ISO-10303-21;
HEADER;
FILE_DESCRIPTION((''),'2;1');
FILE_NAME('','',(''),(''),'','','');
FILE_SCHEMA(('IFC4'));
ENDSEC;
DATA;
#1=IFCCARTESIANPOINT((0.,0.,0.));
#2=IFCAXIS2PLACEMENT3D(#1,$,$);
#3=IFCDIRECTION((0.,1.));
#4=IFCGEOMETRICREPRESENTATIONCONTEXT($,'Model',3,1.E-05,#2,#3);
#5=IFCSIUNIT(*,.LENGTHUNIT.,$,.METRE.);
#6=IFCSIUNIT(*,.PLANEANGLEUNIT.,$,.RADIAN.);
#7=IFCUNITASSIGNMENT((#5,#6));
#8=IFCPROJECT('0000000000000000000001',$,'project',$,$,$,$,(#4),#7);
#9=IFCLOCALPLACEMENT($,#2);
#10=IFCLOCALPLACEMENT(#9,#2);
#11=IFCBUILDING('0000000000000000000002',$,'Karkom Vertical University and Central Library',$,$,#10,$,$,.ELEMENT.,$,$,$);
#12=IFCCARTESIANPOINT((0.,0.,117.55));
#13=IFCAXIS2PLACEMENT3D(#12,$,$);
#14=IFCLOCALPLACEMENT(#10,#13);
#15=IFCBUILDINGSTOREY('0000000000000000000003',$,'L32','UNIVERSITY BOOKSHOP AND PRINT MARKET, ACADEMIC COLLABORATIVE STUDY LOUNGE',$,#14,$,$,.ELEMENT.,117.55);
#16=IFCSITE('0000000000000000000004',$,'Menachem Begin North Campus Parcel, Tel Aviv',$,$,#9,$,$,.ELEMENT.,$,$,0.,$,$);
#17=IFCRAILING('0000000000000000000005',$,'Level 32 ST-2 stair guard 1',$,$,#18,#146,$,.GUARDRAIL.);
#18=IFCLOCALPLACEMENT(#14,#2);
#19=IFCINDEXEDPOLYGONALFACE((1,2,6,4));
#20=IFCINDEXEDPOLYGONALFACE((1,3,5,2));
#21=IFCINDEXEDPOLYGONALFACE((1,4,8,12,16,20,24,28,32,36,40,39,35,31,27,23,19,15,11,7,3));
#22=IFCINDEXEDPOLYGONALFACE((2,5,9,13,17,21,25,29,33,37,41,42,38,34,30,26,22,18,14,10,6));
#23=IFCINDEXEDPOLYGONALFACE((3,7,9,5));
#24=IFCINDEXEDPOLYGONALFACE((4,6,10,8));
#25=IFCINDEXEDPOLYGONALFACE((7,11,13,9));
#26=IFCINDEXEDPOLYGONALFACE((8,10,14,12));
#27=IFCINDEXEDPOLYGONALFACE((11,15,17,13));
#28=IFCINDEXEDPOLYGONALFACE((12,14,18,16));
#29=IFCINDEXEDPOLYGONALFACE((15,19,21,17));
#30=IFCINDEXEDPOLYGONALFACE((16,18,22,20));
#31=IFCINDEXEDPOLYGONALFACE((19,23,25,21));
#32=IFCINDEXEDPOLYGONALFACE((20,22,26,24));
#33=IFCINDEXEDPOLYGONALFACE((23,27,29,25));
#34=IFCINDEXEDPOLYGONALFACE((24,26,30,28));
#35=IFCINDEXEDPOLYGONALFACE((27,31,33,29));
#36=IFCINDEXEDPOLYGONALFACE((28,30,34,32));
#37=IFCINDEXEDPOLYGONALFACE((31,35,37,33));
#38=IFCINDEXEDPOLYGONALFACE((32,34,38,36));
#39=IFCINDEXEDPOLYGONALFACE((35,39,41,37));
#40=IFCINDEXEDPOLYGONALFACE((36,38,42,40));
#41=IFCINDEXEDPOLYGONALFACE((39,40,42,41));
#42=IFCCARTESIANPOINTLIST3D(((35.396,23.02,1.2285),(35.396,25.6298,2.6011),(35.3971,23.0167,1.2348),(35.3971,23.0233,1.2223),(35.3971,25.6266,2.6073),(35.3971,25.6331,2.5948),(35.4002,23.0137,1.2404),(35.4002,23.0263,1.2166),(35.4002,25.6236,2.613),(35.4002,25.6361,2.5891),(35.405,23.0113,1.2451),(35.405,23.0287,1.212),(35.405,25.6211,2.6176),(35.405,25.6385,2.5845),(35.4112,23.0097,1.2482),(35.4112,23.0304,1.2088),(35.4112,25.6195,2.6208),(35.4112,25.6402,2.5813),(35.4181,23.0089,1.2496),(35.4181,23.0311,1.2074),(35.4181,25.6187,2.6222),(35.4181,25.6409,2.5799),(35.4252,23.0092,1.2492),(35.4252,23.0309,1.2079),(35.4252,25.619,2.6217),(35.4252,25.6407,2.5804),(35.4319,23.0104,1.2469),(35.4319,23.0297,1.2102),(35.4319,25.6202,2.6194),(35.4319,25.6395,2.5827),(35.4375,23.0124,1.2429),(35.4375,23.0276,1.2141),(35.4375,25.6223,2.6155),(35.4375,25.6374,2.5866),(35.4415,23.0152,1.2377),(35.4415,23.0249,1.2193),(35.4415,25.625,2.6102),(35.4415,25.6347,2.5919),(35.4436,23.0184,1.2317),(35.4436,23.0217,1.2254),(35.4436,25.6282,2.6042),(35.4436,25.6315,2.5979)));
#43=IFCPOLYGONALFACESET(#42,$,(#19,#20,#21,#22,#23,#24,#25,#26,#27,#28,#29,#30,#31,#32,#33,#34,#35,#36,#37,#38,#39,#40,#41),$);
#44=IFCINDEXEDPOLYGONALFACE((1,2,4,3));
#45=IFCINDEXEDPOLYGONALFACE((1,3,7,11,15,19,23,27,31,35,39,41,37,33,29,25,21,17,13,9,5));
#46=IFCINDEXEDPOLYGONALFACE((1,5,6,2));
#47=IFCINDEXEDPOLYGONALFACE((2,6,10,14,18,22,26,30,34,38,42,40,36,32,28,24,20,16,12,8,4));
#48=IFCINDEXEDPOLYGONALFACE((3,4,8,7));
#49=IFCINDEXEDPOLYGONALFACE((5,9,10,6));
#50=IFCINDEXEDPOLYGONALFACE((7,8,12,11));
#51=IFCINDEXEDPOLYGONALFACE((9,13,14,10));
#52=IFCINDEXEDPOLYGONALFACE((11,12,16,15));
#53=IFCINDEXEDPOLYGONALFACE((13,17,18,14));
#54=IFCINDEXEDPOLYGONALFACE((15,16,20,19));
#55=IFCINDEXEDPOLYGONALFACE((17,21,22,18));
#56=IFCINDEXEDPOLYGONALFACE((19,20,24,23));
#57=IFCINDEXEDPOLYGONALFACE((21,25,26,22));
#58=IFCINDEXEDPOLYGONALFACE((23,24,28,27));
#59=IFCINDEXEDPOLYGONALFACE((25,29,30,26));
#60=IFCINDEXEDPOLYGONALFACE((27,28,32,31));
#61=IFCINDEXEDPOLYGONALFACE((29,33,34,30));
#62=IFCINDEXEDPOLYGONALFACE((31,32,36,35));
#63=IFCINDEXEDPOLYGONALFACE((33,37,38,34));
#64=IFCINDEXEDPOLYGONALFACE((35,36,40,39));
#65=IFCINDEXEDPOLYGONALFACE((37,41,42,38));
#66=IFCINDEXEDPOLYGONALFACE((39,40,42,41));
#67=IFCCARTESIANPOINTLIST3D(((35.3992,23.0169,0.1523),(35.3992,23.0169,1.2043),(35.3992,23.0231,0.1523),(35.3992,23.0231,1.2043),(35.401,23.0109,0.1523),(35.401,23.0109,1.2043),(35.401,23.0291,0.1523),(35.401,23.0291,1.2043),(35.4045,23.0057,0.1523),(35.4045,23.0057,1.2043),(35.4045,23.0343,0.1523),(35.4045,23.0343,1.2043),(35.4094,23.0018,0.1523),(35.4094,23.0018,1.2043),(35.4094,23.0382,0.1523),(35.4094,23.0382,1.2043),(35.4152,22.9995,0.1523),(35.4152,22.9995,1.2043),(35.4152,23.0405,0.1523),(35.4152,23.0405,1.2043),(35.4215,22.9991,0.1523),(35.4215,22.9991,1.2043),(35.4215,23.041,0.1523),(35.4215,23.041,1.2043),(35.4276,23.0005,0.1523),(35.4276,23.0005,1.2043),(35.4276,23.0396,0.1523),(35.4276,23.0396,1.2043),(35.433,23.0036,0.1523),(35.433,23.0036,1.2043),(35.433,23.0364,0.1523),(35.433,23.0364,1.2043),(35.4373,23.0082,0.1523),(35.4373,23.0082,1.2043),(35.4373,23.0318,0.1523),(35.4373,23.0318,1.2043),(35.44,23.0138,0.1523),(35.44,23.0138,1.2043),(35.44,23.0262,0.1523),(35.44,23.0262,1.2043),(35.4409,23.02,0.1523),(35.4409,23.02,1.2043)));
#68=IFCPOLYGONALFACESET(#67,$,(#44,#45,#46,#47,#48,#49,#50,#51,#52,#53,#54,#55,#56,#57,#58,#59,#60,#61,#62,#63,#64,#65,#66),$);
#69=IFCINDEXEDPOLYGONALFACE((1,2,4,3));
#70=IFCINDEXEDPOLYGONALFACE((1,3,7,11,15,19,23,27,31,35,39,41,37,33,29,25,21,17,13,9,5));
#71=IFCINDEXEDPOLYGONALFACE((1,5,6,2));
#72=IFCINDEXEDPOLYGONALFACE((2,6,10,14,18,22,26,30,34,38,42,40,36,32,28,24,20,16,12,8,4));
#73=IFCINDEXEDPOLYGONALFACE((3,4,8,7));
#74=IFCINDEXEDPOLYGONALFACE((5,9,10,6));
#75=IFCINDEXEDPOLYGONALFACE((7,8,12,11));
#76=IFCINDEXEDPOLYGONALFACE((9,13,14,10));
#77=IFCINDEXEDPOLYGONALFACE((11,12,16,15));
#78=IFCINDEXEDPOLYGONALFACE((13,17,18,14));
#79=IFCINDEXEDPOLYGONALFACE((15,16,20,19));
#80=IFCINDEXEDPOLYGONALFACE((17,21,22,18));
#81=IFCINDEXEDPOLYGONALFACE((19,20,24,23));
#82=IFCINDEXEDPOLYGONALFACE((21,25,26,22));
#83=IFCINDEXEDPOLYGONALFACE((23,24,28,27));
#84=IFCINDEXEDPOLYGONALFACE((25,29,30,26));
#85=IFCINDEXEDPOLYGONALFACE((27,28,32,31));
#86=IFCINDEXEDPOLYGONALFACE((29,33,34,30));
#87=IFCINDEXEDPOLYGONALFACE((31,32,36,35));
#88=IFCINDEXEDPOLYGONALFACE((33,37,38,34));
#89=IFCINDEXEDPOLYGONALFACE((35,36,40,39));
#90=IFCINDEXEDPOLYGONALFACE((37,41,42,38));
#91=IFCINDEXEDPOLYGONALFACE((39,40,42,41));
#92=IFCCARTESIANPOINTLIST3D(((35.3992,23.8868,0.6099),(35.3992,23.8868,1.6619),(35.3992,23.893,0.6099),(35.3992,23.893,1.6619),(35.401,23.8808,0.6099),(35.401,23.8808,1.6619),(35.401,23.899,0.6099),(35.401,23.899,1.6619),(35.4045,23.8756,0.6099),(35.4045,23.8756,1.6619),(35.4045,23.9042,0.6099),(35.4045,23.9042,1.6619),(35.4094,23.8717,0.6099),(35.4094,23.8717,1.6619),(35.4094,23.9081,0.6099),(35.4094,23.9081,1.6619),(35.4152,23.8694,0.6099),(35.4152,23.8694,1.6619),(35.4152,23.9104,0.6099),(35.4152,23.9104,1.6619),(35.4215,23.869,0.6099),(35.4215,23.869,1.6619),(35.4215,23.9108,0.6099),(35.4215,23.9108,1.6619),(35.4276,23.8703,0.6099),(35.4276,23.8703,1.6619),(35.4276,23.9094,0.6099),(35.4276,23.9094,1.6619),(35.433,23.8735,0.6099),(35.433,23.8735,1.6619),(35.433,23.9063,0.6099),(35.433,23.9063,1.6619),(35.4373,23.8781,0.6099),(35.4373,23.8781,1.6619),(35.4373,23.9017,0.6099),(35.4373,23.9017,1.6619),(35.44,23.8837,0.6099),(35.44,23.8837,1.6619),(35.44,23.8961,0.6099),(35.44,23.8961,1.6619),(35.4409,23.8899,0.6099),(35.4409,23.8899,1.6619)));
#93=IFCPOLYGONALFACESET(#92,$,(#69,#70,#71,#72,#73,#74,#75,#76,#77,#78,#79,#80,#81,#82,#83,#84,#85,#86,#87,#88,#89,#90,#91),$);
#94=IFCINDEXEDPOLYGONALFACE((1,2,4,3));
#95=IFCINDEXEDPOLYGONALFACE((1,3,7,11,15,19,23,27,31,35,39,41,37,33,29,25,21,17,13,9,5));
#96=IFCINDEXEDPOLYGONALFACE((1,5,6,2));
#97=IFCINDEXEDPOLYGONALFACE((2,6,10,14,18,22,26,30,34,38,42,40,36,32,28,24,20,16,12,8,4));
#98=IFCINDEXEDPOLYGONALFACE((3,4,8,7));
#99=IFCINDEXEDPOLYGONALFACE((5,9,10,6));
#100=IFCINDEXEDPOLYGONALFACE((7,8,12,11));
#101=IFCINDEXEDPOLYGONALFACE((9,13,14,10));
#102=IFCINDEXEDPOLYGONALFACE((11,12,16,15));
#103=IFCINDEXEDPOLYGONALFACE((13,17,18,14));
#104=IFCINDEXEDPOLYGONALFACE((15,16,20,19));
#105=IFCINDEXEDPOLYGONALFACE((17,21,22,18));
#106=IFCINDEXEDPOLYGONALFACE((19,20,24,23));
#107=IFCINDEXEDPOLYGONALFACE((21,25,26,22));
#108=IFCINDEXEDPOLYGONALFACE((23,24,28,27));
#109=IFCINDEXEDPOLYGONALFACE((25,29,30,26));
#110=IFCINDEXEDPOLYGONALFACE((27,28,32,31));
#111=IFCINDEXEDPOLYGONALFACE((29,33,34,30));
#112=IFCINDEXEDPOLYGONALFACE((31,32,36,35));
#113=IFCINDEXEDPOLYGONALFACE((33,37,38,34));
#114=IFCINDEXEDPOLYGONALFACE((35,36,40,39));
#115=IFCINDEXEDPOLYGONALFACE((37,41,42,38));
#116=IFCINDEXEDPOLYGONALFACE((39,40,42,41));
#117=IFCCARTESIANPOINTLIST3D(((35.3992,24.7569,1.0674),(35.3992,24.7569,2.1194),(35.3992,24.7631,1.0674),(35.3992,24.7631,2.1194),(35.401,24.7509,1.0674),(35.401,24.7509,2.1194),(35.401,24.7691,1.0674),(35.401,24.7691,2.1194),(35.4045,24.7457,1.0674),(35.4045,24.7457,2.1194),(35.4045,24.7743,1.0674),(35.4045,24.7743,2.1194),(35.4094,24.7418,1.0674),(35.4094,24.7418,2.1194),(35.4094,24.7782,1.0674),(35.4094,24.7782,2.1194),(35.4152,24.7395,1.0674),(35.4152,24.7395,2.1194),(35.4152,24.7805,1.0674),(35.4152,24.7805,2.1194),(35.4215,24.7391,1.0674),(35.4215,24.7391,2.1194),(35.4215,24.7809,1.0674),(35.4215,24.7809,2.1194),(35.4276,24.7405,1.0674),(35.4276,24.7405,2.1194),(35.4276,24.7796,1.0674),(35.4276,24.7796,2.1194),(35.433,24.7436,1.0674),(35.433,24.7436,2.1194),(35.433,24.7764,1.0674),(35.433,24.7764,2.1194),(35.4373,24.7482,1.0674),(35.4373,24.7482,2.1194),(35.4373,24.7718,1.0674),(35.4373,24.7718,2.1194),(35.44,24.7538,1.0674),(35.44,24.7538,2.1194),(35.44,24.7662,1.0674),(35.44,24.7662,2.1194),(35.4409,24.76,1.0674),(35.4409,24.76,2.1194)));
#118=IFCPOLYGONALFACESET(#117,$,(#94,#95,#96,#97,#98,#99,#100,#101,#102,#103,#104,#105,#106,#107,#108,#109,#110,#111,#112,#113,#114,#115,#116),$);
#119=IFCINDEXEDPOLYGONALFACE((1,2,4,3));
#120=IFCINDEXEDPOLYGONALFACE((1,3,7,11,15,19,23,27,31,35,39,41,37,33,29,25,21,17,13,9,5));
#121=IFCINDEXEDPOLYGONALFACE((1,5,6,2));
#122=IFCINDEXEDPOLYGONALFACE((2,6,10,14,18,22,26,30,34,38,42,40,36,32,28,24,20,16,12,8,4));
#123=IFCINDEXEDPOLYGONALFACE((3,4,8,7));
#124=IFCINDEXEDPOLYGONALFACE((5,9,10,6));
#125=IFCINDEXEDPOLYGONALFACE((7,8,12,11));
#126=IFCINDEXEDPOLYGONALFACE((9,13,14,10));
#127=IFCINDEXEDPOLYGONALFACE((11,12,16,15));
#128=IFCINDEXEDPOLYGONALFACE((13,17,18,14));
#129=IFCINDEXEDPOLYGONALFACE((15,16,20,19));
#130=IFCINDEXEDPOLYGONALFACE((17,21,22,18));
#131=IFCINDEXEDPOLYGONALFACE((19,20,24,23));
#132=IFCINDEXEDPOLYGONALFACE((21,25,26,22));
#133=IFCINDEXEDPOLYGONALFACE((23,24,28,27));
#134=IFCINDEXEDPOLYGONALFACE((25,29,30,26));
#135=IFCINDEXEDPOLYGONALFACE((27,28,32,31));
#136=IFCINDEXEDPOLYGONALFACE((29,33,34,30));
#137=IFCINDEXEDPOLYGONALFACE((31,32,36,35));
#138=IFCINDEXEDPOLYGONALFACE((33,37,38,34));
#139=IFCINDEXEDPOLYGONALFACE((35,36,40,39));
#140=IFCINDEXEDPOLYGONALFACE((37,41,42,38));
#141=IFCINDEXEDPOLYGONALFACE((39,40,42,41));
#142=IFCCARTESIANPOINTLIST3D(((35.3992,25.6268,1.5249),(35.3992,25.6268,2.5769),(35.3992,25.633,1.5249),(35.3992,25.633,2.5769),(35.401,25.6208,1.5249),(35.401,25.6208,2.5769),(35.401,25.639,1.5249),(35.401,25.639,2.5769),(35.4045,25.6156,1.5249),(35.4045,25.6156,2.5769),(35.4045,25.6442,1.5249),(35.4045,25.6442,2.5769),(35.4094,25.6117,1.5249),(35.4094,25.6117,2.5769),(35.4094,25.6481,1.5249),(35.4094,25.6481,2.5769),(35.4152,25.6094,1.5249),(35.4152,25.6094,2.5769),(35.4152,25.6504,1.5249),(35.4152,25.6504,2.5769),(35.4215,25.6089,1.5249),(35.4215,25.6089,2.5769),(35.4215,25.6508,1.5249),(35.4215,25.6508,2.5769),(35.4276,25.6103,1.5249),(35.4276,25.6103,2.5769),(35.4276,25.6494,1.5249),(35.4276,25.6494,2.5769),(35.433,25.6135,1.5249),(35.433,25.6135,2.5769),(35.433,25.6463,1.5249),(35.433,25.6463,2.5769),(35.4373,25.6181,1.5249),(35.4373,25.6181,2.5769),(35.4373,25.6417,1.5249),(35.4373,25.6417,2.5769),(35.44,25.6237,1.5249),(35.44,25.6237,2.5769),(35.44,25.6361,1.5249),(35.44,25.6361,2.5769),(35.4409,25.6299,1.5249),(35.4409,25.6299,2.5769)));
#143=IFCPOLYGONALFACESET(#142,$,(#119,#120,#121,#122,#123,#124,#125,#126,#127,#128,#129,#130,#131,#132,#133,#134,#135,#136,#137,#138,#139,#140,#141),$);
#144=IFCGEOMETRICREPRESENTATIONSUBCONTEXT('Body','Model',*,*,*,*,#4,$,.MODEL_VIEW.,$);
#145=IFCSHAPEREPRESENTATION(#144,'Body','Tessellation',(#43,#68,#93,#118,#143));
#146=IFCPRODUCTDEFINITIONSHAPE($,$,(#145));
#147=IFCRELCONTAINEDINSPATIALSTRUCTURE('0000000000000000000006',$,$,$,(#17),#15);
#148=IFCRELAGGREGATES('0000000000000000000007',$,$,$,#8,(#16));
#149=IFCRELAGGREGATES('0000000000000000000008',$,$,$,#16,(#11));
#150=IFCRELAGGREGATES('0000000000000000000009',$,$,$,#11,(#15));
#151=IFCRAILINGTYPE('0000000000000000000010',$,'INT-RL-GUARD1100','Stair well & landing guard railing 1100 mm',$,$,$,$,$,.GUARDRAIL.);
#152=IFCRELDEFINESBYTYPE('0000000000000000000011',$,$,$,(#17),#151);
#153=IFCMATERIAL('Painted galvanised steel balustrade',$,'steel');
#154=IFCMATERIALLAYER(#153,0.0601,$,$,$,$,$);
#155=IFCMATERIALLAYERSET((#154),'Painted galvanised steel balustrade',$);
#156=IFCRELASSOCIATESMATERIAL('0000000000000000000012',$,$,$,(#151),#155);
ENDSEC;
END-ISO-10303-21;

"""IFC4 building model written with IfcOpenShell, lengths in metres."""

from ifc_helpers import new_model, si_unit, direction, frame, origin, origin_2d, place, context, subcontext, project, spatial, circle, extrude, material, layer, layer_set, type_object, element, save


model = new_model("IFC4")

# Units and contexts
model_context = context("Model", 3, precision=1e-05, world=origin(), true_north=direction((0.0, 1.0)))
body_context = subcontext(model_context, "Body", "Model", "MODEL_VIEW")
ifc_project = project(units=[si_unit("LENGTHUNIT", "METRE"), si_unit("PLANEANGLEUNIT", "RADIAN")], contexts=[model_context])

# Site, building, storey
site_placement = place(None, origin())
site = spatial("IfcSite", under=ifc_project, at=site_placement, Name="Menachem Begin North Campus Parcel, Tel Aviv", CompositionType="ELEMENT", RefElevation=0.0)
building_placement = place(site_placement, origin())
building = spatial("IfcBuilding", under=site, at=building_placement, Name="Karkom Vertical University and Central Library", CompositionType="ELEMENT")
storey_placement = place(building_placement, frame((0.0, 0.0, 117.55)))
storey = spatial("IfcBuildingStorey", under=building, at=storey_placement, Name="L32", Description="UNIVERSITY BOOKSHOP AND PRINT MARKET, ACADEMIC COLLABORATIVE STUDY LOUNGE", CompositionType="ELEMENT", Elevation=117.55)

# Railing
ifc_material_1 = material(Name="Painted galvanised steel balustrade", Category="steel")
ifc_layer_1 = layer(ifc_material_1, 0.0601)
ifc_layer_set_1 = layer_set([ifc_layer_1], Name="Painted galvanised steel balustrade")
railing_type_1 = type_object("IfcRailingType", Name="INT-RL-GUARD1100", Description="Stair well & landing guard railing 1100 mm", PredefinedType="GUARDRAIL", material=ifc_layer_set_1)
railing_1_placement = place(storey_placement, frame((35.4199, 23.02, 0.1523)))
element("IfcRailing", 1, at=railing_1_placement, inside=storey, type_object=railing_type_1, Name="Level 32 ST-2 stair guard 1", PredefinedType="GUARDRAIL", context=body_context, shape_type="SweptSolid", body=[
    extrude(circle(Radius=0.0239, at=origin_2d()), frame((0.0, 0.0, 1.0762), z_axis=(0.0, 0.885065, 0.465467), x_axis=(-1.0, 0.0, 0.0)), (0.0, 0.0, 1.0), 2.9487),
    extrude(circle(Radius=0.021, at=origin_2d()), origin(), (0.0, 0.0, 1.0), 1.052),
    extrude(circle(Radius=0.021, at=origin_2d()), frame((0.0, 0.8699, 0.4575)), (0.0, 0.0, 1.0), 1.052),
    extrude(circle(Radius=0.021, at=origin_2d()), frame((0.0, 1.74, 0.915)), (0.0, 0.0, 1.0), 1.052),
    extrude(circle(Radius=0.021, at=origin_2d()), frame((0.0, 2.6099, 1.3726)), (0.0, 0.0, 1.0), 1.052),
])

save(model, "model.ifc")
